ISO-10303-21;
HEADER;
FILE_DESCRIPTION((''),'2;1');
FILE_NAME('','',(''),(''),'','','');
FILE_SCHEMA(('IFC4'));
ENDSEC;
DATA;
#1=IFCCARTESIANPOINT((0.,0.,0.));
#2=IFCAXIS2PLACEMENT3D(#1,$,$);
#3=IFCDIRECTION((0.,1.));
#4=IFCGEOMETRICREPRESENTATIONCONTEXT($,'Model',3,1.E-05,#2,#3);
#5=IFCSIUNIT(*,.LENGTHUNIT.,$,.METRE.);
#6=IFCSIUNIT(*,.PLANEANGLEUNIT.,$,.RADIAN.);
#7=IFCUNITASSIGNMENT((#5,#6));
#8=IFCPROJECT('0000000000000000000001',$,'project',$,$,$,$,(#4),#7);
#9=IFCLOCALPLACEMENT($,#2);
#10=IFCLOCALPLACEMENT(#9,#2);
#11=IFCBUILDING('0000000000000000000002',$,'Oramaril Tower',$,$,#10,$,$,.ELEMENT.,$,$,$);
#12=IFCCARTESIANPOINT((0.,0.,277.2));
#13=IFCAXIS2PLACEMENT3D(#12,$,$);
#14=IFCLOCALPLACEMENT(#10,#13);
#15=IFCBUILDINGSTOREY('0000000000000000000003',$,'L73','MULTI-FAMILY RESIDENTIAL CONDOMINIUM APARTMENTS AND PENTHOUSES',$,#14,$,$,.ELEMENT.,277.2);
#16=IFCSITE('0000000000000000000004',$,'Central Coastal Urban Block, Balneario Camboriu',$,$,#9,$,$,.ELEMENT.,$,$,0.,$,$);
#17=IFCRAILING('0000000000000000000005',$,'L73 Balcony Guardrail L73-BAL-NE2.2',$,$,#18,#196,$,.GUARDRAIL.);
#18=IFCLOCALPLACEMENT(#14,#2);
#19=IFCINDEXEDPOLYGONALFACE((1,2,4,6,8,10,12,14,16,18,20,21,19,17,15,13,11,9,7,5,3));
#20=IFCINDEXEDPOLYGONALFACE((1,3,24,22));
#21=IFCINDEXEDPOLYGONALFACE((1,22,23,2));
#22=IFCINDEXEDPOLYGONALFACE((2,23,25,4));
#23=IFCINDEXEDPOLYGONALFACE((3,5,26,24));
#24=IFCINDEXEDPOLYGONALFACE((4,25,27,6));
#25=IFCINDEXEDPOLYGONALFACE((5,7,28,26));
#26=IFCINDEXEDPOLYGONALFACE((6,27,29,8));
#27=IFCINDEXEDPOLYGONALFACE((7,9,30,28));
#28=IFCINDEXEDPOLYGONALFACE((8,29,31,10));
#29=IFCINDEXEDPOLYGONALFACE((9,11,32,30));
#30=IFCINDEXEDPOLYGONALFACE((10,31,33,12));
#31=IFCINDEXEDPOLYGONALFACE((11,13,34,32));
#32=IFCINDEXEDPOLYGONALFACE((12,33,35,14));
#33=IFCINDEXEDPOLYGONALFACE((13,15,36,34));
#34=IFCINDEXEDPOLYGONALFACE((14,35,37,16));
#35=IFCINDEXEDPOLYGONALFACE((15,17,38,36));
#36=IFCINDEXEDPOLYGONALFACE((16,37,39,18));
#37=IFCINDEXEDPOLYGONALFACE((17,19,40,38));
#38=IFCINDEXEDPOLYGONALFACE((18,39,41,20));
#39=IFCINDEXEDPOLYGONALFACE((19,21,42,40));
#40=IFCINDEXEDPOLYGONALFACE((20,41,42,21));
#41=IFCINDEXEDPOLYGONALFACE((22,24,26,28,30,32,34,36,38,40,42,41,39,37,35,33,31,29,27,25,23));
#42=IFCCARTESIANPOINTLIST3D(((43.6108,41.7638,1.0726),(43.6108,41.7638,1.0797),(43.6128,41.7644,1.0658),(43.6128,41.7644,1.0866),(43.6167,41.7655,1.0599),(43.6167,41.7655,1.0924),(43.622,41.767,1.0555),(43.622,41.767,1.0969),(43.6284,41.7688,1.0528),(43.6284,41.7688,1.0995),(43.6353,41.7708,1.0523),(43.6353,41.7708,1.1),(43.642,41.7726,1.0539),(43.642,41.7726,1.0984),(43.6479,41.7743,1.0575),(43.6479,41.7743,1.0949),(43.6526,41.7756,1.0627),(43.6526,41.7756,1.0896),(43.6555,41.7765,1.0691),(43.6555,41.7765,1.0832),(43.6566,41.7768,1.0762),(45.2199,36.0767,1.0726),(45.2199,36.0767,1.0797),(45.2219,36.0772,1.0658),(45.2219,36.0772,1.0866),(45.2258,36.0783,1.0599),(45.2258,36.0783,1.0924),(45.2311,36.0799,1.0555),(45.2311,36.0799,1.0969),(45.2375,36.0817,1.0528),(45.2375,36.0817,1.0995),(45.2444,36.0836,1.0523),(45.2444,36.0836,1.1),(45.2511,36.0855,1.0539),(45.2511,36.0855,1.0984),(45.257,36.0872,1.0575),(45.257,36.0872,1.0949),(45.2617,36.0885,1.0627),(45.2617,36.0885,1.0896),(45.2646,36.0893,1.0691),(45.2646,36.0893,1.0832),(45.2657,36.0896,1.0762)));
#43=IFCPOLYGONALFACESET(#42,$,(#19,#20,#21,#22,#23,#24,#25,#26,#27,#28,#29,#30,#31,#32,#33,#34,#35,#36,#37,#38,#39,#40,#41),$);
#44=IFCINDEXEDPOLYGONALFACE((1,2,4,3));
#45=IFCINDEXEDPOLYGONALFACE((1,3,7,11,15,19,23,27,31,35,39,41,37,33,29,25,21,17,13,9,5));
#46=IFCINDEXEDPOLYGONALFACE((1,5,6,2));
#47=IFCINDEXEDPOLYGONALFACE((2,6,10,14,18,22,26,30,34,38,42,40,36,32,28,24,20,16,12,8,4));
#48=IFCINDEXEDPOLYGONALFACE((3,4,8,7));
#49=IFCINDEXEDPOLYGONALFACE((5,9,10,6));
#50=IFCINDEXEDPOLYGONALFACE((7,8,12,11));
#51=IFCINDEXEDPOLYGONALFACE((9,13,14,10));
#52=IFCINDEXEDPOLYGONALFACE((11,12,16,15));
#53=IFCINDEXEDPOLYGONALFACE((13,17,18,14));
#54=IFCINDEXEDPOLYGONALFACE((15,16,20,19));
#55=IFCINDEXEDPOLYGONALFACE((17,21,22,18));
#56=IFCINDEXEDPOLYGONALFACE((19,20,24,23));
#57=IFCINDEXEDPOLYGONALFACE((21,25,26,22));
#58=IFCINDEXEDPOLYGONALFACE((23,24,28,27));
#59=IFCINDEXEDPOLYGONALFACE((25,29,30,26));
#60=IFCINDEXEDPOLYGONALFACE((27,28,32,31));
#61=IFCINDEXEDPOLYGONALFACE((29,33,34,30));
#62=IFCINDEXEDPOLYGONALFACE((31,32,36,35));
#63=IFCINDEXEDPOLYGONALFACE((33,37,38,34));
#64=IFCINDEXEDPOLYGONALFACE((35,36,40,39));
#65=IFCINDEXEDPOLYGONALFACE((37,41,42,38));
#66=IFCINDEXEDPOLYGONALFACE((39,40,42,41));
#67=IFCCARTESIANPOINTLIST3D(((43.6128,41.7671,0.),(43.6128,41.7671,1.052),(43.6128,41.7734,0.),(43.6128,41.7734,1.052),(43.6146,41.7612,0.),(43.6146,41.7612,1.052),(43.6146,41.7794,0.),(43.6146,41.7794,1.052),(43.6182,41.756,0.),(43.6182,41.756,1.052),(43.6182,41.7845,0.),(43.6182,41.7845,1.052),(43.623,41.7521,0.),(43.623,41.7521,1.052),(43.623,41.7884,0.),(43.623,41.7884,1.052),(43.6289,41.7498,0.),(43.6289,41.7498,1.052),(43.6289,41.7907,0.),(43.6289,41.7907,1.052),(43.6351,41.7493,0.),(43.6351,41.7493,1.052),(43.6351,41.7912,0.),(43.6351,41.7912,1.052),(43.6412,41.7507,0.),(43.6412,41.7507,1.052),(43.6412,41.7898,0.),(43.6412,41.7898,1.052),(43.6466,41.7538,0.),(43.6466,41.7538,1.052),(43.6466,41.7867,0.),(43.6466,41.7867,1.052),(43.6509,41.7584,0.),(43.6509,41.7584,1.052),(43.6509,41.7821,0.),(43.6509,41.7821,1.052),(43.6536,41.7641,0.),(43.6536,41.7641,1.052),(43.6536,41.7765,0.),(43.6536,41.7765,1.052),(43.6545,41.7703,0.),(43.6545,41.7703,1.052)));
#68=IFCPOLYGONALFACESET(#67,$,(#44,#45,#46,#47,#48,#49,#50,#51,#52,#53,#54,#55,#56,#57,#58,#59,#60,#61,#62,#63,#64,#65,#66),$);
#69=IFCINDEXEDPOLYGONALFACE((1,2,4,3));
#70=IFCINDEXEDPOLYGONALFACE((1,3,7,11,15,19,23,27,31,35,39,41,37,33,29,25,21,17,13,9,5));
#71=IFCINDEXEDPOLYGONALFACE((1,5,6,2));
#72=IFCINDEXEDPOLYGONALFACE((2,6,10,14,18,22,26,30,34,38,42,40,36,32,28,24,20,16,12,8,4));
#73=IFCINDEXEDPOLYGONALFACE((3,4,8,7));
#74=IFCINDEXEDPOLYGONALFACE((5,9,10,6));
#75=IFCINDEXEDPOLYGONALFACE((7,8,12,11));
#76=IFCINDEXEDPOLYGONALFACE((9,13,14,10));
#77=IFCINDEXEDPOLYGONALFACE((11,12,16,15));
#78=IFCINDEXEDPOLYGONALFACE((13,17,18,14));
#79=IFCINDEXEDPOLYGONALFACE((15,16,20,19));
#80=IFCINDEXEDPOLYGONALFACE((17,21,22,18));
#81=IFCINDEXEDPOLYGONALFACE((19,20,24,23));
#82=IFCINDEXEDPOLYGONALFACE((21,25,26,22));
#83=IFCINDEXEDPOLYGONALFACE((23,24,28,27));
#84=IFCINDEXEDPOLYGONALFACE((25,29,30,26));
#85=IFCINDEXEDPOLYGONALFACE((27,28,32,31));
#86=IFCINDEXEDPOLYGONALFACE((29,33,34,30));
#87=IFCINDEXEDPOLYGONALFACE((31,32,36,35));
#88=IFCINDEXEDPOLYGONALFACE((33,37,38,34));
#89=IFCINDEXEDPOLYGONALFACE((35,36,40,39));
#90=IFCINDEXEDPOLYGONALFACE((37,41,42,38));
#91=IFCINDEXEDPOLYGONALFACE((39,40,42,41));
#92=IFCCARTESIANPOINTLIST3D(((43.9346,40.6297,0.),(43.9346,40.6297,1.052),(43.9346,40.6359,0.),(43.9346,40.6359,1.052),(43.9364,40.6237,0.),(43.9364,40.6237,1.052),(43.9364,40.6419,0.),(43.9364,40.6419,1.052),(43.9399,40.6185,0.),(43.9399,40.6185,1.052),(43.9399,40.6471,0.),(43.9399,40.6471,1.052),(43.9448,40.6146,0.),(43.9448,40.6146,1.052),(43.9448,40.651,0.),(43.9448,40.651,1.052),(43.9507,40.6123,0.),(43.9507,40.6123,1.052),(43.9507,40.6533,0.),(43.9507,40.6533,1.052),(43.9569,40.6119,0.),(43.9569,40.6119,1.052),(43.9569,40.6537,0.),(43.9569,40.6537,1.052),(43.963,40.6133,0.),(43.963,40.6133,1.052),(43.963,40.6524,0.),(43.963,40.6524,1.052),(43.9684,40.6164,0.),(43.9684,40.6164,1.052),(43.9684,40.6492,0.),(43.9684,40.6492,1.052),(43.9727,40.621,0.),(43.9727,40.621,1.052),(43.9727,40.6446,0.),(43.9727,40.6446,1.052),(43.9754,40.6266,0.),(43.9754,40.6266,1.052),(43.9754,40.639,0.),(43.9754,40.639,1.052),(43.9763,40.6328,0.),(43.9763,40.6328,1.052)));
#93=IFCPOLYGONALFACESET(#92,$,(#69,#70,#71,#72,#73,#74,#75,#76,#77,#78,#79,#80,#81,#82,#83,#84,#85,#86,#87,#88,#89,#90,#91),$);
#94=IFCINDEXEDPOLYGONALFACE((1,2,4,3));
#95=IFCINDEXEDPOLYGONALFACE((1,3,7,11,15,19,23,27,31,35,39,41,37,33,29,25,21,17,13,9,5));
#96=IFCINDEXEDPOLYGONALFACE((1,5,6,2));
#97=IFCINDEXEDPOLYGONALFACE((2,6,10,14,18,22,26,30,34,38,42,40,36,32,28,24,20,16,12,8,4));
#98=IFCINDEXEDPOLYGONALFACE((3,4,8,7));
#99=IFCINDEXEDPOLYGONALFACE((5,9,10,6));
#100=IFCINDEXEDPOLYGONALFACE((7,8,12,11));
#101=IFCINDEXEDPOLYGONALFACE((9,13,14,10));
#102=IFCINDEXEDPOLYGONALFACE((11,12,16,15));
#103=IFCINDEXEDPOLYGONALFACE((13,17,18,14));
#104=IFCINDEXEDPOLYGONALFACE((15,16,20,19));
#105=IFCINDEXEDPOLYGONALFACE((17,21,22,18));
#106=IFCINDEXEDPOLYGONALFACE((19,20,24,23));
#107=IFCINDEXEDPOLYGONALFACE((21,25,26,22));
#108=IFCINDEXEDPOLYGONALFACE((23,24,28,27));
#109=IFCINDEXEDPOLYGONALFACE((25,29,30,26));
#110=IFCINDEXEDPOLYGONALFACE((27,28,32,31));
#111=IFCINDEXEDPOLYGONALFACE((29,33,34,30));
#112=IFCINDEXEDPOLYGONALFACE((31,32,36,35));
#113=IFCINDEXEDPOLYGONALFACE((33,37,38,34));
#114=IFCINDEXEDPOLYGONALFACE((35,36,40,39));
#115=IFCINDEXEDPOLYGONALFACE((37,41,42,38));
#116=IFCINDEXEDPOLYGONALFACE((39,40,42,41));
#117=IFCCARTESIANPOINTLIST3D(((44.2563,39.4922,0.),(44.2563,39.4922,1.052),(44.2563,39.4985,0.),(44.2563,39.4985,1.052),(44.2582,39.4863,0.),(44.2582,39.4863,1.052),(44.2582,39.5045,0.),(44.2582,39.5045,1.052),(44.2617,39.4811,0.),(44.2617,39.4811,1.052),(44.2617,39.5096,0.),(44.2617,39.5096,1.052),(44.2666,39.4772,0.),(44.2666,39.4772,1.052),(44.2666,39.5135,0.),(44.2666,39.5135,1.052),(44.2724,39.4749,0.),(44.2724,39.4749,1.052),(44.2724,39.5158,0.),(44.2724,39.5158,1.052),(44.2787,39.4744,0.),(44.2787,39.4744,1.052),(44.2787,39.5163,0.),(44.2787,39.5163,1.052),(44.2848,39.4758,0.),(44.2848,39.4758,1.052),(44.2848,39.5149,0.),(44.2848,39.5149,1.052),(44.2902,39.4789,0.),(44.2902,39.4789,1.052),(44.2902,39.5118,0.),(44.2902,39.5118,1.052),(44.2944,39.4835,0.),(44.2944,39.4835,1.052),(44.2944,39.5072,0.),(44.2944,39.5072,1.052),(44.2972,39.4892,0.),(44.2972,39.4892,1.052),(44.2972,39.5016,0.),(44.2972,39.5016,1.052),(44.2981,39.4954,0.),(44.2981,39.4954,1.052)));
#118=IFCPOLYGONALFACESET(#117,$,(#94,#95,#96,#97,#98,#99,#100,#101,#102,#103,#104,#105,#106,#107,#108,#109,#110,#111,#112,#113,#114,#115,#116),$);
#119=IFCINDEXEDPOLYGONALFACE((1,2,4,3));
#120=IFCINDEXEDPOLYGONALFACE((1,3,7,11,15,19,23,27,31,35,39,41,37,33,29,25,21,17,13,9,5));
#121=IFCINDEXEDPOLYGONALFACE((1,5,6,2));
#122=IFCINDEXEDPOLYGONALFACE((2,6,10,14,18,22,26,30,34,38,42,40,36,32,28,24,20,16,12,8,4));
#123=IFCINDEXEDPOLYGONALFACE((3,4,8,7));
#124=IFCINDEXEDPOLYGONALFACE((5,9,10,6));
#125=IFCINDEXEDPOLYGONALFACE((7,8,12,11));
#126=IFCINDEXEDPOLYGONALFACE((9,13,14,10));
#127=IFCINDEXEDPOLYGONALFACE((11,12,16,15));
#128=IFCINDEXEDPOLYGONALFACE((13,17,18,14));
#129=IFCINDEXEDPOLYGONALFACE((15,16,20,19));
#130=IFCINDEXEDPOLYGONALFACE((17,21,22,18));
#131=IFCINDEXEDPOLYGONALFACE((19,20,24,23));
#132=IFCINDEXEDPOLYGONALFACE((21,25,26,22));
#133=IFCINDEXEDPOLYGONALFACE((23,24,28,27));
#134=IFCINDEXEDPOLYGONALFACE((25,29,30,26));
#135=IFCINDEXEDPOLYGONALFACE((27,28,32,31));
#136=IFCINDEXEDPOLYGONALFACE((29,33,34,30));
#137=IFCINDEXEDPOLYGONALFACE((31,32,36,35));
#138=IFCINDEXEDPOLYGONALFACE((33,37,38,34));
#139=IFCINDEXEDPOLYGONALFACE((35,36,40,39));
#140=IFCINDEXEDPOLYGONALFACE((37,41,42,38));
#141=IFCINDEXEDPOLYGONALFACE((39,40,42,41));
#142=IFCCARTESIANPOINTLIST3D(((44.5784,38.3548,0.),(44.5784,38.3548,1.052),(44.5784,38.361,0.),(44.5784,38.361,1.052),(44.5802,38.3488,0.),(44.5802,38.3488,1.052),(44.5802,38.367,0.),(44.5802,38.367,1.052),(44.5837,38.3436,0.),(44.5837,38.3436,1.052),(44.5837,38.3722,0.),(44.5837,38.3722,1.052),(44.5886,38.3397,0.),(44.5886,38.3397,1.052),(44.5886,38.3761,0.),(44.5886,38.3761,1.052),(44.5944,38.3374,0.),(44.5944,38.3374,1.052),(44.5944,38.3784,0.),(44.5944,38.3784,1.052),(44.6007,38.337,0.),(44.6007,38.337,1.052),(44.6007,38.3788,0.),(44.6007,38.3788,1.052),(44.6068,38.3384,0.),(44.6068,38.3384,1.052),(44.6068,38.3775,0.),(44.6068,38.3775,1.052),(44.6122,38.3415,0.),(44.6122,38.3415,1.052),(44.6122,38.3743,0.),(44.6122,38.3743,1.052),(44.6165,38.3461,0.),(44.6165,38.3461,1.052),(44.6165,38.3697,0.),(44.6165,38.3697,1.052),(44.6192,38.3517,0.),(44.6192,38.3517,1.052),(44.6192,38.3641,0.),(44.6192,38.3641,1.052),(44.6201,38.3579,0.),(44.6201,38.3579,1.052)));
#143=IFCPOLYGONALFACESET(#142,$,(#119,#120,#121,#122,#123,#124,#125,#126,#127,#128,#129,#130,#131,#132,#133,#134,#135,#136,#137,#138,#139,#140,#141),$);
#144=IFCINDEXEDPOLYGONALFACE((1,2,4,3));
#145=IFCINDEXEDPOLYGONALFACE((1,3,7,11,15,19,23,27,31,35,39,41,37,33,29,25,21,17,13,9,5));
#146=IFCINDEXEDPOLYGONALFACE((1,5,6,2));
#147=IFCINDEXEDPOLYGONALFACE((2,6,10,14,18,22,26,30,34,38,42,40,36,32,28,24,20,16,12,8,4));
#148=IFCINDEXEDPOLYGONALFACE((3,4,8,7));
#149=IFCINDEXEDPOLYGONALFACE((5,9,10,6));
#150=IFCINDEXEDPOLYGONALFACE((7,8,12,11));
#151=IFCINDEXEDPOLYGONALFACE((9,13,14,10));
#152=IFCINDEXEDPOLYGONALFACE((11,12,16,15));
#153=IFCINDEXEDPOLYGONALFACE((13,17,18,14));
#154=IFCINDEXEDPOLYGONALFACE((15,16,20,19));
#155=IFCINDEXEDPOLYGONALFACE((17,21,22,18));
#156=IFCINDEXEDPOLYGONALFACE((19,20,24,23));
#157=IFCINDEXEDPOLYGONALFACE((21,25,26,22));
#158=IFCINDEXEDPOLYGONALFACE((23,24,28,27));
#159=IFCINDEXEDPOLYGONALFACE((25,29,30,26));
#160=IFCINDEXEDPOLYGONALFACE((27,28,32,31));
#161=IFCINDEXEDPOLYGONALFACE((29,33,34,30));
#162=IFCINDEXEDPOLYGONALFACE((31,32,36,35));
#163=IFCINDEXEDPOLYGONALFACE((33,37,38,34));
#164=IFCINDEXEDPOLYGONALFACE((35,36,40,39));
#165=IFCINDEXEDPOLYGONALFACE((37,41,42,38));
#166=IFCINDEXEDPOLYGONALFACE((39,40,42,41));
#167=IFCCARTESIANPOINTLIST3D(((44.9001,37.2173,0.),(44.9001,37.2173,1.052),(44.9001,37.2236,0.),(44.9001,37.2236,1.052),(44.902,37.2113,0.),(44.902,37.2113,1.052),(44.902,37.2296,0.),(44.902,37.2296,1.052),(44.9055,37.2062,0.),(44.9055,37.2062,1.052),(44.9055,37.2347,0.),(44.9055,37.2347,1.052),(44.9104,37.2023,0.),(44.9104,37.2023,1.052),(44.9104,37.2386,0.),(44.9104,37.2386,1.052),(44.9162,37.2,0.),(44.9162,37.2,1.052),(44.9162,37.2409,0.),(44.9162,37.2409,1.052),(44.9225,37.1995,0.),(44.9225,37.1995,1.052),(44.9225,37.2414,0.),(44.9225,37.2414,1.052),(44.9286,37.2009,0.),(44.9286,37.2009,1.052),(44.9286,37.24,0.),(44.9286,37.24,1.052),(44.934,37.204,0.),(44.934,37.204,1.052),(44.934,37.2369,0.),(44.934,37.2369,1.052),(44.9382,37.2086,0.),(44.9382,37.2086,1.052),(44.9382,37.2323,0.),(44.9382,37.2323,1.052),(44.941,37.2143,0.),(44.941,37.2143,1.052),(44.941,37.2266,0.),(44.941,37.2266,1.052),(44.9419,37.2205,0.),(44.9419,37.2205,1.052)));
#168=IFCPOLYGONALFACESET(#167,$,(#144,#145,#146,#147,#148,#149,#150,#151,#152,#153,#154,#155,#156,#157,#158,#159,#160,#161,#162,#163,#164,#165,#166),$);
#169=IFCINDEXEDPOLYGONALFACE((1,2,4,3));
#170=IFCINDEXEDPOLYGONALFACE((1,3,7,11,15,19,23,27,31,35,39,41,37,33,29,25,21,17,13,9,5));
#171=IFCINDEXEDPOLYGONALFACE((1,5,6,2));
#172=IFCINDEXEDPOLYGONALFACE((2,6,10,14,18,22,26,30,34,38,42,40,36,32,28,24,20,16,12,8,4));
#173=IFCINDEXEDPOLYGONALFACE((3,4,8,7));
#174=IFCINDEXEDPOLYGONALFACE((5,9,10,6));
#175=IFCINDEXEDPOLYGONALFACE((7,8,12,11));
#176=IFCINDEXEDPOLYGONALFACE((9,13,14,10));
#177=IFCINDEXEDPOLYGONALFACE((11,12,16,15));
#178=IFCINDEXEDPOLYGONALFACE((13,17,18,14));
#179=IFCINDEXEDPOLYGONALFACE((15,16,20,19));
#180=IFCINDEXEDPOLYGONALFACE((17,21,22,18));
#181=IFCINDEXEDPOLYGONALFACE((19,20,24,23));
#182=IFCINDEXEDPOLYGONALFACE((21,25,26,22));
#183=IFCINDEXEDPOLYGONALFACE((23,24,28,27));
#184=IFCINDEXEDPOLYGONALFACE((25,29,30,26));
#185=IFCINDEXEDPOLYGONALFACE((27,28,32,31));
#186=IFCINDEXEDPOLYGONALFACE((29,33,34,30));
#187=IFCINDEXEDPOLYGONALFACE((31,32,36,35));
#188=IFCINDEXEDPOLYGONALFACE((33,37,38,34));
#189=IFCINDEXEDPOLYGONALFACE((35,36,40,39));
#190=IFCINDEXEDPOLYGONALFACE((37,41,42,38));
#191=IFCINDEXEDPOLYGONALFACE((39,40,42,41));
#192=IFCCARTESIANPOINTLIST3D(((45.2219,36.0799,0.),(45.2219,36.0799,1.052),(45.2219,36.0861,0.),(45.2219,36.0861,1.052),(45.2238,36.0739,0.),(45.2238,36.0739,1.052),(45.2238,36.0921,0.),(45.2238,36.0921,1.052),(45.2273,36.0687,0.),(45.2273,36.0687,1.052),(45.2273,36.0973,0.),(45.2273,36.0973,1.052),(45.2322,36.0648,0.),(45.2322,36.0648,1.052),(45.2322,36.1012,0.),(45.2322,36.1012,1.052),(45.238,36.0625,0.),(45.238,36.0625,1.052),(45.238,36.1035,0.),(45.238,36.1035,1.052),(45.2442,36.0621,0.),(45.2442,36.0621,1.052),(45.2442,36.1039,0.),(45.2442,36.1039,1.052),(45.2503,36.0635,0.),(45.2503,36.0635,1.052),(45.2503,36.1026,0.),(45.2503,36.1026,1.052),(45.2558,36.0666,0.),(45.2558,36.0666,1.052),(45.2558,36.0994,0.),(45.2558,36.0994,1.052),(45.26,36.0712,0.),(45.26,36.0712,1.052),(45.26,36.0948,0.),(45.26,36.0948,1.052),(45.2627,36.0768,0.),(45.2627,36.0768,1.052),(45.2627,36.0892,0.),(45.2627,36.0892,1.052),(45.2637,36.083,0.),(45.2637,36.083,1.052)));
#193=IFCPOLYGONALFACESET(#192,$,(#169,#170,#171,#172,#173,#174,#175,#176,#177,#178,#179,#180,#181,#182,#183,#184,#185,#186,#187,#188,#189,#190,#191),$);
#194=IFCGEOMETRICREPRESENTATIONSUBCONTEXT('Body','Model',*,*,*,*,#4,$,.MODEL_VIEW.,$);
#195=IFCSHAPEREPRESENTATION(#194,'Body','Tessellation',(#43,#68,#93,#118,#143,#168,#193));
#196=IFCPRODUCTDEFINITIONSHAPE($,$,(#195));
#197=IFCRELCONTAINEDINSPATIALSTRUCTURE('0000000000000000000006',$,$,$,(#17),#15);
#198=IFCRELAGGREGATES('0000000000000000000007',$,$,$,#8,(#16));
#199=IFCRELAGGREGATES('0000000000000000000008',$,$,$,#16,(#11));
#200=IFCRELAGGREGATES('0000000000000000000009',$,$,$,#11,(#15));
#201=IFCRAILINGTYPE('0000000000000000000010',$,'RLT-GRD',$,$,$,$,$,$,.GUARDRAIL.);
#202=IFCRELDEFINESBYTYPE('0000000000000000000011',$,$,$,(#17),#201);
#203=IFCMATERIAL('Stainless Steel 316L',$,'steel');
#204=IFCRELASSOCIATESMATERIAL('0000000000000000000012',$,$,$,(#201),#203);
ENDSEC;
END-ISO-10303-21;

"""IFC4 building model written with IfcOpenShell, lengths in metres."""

from ifc_helpers import new_model, si_unit, direction, frame, origin, origin_2d, place, context, subcontext, project, spatial, circle, extrude, material, type_object, element, save


model = new_model("IFC4")

# Units and contexts
model_context = context("Model", 3, precision=1e-05, world=origin(), true_north=direction((0.0, 1.0)))
body_context = subcontext(model_context, "Body", "Model", "MODEL_VIEW")
ifc_project = project(units=[si_unit("LENGTHUNIT", "METRE"), si_unit("PLANEANGLEUNIT", "RADIAN")], contexts=[model_context])

# Site, building, storey
site_placement = place(None, origin())
site = spatial("IfcSite", under=ifc_project, at=site_placement, Name="Central Coastal Urban Block, Balneario Camboriu", CompositionType="ELEMENT", RefElevation=0.0)
building_placement = place(site_placement, origin())
building = spatial("IfcBuilding", under=site, at=building_placement, Name="Oramaril Tower", CompositionType="ELEMENT")
storey_placement = place(building_placement, frame((0.0, 0.0, 277.2)))
storey = spatial("IfcBuildingStorey", under=building, at=storey_placement, Name="L73", Description="MULTI-FAMILY RESIDENTIAL CONDOMINIUM APARTMENTS AND PENTHOUSES", CompositionType="ELEMENT", Elevation=277.2)

# Railing
ifc_material_1 = material(Name="Stainless Steel 316L", Category="steel")
railing_type = type_object("IfcRailingType", Name="RLT-GRD", PredefinedType="GUARDRAIL", material=ifc_material_1)
railing_1_placement = place(storey_placement, frame((43.6335, 41.7703, 0.0)))
element("IfcRailing", 1, at=railing_1_placement, inside=storey, type_object=railing_type, Name="L73 Balcony Guardrail L73-BAL-NE2.2", PredefinedType="GUARDRAIL", context=body_context, shape_type="SweptSolid", body=[
    extrude(circle(Radius=0.0239, at=origin_2d()), frame((0.0, 0.0, 1.0762), z_axis=(0.272249, -0.962227, 0.0), x_axis=(0.962227, 0.272249, 0.0)), (0.0, 0.0, 1.0), 5.9104),
    extrude(circle(Radius=0.021, at=origin_2d()), origin(), (0.0, 0.0, 1.0), 1.052),
    extrude(circle(Radius=0.021, at=origin_2d()), frame((0.3218, -1.1375, 0.0)), (0.0, 0.0, 1.0), 1.052),
    extrude(circle(Radius=0.021, at=origin_2d()), frame((0.6436, -2.2749, 0.0)), (0.0, 0.0, 1.0), 1.052),
    extrude(circle(Radius=0.021, at=origin_2d()), frame((0.9656, -3.4124, 0.0)), (0.0, 0.0, 1.0), 1.052),
    extrude(circle(Radius=0.021, at=origin_2d()), frame((1.2874, -4.5498, 0.0)), (0.0, 0.0, 1.0), 1.052),
    extrude(circle(Radius=0.021, at=origin_2d()), frame((1.6091, -5.6873, 0.0)), (0.0, 0.0, 1.0), 1.052),
])

save(model, "model.ifc")
